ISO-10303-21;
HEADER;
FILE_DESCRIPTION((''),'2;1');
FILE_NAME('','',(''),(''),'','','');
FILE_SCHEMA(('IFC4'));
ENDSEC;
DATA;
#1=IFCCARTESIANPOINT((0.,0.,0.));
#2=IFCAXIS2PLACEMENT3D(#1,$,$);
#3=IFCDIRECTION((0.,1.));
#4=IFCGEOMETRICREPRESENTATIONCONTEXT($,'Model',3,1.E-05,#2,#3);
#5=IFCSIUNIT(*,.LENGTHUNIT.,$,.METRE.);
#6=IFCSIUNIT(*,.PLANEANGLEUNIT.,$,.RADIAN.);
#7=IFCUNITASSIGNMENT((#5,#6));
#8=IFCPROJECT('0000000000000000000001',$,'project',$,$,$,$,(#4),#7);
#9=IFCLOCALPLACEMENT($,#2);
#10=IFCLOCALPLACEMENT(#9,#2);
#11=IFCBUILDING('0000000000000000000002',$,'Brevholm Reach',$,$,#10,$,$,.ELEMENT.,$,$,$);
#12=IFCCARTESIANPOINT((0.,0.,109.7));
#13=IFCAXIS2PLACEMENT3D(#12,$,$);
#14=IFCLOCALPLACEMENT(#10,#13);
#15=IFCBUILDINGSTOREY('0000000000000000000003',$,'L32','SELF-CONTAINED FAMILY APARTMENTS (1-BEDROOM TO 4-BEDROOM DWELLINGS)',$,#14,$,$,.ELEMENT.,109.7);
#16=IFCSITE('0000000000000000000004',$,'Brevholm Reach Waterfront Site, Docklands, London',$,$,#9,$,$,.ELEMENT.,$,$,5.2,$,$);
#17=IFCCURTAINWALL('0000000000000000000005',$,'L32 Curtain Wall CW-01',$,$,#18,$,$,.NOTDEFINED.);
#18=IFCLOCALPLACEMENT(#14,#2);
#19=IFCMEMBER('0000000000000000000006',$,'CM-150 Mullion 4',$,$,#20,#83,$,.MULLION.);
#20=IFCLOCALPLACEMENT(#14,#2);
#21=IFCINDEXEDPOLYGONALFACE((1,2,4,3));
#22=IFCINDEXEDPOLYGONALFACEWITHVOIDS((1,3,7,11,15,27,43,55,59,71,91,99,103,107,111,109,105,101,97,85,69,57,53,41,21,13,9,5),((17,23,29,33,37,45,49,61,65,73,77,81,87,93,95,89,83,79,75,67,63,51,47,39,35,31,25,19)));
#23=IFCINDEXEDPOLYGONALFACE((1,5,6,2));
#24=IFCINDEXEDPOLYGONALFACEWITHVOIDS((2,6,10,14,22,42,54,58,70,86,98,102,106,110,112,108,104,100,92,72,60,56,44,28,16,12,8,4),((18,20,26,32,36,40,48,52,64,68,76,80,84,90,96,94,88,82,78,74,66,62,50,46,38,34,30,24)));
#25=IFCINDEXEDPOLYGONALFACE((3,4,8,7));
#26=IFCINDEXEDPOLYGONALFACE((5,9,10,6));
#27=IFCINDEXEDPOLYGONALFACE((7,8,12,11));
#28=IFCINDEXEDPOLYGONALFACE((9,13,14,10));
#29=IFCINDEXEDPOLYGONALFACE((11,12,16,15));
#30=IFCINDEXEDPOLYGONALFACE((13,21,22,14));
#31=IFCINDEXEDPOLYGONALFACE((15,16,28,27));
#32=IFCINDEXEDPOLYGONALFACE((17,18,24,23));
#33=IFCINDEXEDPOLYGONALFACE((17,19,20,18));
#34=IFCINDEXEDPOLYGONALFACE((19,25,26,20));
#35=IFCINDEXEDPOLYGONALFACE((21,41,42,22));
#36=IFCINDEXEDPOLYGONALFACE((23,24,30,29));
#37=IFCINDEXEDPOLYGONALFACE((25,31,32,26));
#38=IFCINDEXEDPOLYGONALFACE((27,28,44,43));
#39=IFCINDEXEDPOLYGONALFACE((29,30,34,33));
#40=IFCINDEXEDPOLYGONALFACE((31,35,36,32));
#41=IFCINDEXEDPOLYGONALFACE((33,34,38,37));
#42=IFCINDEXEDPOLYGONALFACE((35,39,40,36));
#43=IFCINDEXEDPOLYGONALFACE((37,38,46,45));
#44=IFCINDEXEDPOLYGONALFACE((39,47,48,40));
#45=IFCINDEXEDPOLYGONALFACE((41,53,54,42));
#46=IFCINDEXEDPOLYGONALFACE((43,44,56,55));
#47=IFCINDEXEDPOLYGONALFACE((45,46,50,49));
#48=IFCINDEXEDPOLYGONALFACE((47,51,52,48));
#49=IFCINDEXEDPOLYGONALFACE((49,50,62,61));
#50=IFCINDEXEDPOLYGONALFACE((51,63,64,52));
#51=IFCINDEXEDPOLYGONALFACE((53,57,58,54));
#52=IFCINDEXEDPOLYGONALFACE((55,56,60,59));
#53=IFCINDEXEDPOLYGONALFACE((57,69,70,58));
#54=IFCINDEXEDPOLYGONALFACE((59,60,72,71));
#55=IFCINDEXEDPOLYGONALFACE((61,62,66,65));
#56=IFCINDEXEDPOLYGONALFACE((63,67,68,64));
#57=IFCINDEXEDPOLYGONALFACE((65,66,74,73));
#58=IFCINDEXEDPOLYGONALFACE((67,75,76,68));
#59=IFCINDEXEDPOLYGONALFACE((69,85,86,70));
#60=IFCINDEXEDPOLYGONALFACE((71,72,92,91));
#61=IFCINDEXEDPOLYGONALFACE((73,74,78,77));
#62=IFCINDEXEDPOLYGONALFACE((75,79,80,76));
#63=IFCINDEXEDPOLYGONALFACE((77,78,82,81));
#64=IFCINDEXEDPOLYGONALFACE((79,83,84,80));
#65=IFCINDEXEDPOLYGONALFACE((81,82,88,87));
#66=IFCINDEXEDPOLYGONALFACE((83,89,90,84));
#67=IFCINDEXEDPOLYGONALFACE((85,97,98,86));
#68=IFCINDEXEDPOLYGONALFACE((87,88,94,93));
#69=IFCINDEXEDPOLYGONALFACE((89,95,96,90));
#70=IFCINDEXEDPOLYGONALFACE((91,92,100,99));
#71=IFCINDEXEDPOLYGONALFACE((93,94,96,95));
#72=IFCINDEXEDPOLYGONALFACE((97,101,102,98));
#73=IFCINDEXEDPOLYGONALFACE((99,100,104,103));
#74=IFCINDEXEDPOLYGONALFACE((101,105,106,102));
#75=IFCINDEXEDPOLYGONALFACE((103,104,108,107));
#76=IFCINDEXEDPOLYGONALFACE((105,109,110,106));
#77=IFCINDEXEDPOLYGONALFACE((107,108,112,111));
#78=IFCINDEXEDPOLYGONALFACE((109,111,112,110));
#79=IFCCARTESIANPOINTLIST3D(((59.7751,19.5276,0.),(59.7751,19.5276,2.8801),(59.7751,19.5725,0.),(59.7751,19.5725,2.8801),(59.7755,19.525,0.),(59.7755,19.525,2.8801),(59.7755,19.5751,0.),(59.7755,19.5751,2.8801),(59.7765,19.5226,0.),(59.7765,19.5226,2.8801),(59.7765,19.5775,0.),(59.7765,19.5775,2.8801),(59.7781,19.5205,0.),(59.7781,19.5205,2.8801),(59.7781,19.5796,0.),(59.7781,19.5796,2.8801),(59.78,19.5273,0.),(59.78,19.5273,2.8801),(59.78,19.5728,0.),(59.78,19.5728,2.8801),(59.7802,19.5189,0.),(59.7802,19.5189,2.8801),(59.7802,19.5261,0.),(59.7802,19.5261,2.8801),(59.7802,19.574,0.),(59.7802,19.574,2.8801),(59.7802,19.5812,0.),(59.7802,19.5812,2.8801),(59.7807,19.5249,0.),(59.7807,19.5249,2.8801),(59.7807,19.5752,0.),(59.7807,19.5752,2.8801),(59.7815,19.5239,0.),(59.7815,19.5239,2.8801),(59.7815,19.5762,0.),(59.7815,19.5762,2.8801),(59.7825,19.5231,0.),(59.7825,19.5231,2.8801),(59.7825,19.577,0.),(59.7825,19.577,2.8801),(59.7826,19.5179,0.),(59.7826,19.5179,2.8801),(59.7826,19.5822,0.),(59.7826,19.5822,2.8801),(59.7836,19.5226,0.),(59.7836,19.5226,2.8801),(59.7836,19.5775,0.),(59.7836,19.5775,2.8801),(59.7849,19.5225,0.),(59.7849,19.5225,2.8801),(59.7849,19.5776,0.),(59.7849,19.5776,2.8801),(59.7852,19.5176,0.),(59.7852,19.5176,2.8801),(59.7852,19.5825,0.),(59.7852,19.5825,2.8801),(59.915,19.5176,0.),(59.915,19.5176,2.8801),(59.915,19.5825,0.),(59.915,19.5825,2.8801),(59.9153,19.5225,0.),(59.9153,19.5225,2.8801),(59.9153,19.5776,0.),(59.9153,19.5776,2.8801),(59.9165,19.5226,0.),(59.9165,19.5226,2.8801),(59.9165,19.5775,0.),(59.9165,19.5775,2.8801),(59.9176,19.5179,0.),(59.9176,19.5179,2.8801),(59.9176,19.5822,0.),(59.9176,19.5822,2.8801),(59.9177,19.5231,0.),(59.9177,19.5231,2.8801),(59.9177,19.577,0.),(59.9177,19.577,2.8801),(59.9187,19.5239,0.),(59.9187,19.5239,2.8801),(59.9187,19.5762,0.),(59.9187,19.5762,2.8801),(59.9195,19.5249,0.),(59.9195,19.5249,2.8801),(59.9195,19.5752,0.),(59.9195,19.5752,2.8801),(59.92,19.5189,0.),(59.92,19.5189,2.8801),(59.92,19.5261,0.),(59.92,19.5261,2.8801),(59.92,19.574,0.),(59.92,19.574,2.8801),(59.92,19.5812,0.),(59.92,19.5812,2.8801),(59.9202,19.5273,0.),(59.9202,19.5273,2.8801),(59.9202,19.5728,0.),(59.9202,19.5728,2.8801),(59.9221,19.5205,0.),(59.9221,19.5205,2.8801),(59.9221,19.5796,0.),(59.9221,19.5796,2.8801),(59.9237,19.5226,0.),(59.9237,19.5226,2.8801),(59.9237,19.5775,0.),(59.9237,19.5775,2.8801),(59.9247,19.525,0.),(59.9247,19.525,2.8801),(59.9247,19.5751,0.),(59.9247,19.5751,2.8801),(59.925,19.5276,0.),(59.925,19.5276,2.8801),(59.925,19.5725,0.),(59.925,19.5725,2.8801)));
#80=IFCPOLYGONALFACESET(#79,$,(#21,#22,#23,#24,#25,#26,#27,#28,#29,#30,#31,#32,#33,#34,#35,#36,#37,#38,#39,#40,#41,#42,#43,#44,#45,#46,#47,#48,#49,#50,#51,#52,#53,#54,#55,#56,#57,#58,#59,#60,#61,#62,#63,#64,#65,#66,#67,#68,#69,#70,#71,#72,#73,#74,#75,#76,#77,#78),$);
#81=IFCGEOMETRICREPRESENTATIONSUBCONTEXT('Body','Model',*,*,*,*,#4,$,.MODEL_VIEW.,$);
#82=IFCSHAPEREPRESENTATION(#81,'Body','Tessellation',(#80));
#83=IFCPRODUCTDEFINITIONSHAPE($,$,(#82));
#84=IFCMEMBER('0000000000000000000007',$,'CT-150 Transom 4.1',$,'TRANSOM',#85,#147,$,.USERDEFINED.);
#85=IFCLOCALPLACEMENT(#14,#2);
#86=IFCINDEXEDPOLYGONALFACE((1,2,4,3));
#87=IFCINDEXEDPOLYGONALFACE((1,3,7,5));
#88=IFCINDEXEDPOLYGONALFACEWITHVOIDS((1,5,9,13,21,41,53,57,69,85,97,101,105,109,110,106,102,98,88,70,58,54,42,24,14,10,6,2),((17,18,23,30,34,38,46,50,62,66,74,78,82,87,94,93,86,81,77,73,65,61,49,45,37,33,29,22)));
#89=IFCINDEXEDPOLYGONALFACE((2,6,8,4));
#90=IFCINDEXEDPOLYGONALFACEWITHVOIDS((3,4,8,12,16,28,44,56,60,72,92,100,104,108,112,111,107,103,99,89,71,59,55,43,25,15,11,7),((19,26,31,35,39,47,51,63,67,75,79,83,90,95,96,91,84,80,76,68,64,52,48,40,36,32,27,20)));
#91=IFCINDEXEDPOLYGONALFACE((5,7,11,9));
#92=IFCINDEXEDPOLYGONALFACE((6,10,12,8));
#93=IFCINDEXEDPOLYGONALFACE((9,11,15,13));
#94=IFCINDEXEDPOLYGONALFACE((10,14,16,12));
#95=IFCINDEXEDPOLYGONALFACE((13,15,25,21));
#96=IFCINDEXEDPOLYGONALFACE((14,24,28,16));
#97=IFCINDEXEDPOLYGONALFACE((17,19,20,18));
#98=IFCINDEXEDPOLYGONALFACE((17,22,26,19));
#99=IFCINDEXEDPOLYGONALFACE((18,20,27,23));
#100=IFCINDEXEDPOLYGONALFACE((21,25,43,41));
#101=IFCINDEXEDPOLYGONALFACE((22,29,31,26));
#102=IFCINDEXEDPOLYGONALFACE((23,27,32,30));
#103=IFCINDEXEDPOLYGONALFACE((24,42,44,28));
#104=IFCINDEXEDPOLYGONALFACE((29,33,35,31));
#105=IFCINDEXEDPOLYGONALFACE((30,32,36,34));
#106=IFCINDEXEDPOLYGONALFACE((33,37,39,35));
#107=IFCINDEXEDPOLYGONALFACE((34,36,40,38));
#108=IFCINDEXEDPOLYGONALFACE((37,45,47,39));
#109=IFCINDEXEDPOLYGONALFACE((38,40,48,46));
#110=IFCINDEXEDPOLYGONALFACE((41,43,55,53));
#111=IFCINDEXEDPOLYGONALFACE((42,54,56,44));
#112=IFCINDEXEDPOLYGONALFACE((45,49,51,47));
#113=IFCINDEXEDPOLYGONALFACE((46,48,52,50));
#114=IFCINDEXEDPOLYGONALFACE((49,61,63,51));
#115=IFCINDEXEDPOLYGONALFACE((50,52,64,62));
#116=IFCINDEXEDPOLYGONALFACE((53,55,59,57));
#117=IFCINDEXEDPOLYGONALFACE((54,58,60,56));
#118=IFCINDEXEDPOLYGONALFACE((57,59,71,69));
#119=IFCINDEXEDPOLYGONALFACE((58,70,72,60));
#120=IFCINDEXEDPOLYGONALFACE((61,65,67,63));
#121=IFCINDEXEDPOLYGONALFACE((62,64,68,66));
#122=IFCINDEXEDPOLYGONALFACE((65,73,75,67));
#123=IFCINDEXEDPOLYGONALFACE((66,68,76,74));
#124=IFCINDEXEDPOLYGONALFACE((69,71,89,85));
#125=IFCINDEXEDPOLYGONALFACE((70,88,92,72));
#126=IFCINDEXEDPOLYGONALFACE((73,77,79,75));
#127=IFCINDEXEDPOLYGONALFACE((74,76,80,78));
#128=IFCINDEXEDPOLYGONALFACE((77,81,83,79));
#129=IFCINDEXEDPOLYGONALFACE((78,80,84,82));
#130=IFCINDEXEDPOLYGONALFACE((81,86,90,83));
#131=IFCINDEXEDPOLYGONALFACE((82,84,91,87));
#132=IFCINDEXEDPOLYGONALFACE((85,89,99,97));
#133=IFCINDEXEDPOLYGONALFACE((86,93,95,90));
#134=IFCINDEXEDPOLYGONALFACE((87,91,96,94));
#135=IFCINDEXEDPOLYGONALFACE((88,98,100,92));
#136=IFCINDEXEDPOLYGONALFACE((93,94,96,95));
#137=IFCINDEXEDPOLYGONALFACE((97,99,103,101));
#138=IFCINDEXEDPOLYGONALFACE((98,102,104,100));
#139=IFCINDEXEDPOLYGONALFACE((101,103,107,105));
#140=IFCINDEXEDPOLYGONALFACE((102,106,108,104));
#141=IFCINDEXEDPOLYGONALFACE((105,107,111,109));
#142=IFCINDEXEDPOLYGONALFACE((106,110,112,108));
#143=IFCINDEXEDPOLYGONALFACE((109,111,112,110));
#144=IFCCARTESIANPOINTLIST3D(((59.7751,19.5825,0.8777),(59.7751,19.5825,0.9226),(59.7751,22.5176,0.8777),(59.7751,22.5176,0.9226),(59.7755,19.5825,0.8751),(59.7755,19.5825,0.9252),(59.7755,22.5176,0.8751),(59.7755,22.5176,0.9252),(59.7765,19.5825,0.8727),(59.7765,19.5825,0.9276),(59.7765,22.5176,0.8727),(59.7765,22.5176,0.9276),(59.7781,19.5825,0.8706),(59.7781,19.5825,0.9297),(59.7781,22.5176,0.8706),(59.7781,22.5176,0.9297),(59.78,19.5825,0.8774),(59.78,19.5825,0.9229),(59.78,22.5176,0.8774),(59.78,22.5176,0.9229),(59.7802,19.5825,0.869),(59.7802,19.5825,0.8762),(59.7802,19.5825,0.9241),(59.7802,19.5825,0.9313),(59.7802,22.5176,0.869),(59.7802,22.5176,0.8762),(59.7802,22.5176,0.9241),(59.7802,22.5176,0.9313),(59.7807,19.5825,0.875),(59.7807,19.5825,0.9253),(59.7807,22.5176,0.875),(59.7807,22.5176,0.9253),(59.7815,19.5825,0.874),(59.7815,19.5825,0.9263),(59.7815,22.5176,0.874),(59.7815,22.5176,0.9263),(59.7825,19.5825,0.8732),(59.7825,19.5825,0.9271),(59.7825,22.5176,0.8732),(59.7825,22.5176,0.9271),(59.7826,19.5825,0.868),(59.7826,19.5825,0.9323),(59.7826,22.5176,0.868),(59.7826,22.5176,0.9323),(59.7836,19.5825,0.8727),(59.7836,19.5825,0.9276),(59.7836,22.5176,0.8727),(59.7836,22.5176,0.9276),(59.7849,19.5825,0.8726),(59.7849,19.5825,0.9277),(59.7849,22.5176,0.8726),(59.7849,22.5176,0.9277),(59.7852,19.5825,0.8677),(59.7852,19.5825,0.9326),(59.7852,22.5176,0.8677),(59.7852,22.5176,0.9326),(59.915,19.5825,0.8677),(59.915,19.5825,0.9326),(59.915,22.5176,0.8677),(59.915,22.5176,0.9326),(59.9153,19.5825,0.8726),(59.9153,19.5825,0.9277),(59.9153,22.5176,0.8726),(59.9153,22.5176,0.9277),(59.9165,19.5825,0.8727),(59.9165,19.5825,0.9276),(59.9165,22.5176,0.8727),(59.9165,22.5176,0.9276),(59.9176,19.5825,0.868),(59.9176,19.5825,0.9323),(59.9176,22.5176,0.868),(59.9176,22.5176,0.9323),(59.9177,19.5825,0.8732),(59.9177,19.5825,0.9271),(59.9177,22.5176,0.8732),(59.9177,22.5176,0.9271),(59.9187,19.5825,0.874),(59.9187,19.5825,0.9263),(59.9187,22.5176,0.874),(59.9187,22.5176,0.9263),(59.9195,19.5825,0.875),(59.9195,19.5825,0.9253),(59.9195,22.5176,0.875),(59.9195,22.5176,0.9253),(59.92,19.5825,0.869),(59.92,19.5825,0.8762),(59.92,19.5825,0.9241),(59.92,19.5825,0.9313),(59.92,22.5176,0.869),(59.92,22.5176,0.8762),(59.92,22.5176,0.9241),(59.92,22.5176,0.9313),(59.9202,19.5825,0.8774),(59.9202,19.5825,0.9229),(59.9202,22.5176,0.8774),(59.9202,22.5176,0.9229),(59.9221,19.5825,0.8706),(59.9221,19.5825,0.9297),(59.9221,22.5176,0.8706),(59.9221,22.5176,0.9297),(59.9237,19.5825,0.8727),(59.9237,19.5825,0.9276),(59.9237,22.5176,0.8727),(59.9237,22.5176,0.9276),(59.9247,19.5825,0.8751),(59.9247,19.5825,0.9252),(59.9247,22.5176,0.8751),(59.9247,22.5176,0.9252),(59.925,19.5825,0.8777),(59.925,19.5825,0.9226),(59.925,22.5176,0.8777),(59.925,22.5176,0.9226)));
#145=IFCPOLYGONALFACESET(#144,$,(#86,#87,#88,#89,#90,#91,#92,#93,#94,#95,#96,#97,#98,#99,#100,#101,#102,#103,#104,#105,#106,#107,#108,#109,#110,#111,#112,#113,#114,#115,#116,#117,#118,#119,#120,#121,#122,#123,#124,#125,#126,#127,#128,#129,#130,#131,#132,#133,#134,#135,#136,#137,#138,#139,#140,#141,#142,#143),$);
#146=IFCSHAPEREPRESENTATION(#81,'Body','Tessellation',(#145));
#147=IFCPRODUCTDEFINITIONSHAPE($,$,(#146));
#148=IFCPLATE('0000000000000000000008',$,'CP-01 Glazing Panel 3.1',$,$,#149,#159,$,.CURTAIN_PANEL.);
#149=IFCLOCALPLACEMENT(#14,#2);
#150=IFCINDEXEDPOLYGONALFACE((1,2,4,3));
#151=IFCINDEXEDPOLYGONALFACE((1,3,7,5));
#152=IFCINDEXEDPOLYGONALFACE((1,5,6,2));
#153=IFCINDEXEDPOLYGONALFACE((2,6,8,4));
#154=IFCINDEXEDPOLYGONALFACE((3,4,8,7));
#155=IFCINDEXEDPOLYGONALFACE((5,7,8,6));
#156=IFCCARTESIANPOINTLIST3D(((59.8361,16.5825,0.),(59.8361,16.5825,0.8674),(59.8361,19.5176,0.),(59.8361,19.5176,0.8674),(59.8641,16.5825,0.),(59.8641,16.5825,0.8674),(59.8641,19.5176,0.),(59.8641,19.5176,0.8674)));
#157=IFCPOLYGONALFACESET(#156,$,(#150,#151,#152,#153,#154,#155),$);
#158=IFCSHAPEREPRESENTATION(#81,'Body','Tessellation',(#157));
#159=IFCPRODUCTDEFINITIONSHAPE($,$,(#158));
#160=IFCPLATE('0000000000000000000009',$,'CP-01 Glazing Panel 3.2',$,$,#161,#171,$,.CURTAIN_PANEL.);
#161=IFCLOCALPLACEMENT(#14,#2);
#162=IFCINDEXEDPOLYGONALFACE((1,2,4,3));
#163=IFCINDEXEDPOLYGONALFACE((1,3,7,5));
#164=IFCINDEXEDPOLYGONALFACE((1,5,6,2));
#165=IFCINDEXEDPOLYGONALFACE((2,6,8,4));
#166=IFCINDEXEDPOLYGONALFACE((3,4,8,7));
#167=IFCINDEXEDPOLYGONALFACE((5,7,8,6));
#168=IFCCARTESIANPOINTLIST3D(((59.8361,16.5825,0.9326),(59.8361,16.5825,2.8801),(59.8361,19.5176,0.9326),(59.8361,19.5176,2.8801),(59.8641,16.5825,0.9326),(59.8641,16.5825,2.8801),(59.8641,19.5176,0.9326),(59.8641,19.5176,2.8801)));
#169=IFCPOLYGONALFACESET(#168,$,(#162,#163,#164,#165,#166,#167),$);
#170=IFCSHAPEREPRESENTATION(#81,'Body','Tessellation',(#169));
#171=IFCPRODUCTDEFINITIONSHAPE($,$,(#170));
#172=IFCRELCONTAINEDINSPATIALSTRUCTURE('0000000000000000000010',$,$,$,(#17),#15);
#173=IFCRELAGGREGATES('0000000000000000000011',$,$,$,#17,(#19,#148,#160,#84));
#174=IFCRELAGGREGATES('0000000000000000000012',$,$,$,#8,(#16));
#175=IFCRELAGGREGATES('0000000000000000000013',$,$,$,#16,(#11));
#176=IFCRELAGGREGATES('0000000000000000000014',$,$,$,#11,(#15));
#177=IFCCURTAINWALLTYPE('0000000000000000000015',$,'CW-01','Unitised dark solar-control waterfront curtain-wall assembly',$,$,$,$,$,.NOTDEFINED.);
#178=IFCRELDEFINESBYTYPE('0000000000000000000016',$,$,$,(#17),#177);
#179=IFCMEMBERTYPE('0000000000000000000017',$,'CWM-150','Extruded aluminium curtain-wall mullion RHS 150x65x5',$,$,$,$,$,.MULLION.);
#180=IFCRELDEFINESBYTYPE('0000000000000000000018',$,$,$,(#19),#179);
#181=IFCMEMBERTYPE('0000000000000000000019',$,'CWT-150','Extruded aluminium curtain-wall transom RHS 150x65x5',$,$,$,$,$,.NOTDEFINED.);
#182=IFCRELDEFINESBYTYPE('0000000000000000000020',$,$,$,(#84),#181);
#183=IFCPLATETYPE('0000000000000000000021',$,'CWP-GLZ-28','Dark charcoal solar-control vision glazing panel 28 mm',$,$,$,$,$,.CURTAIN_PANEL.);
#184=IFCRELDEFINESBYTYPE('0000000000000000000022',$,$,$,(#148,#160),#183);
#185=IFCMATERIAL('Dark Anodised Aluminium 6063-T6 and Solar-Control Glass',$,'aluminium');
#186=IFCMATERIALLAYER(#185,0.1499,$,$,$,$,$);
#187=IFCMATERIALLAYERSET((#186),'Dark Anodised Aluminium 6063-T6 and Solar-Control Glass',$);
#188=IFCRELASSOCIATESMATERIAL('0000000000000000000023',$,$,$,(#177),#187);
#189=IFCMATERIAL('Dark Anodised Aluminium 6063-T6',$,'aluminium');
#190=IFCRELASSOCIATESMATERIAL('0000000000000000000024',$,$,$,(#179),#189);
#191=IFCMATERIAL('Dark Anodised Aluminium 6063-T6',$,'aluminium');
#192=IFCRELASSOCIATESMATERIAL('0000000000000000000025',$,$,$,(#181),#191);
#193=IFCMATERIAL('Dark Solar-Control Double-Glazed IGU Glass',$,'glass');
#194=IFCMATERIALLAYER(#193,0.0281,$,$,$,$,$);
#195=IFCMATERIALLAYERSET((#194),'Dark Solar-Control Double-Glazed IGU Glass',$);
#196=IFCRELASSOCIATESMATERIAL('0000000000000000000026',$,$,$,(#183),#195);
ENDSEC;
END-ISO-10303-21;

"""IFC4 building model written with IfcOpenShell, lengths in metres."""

from ifc_helpers import new_model, si_unit, direction, frame, origin, origin_2d, place, context, subcontext, project, spatial, rectangle, hollow_rectangle, extrude, material, layer, layer_set, material_profile, profile_set, type_object, element, aggregate, save


model = new_model("IFC4")

# Units and contexts
model_context = context("Model", 3, precision=1e-05, world=origin(), true_north=direction((0.0, 1.0)))
body_context = subcontext(model_context, "Body", "Model", "MODEL_VIEW")
ifc_project = project(units=[si_unit("LENGTHUNIT", "METRE"), si_unit("PLANEANGLEUNIT", "RADIAN")], contexts=[model_context])

# Site, building, storey
site_placement = place(None, origin())
site = spatial("IfcSite", under=ifc_project, at=site_placement, Name="Brevholm Reach Waterfront Site, Docklands, London", CompositionType="ELEMENT", RefElevation=5.2)
building_placement = place(site_placement, origin())
building = spatial("IfcBuilding", under=site, at=building_placement, Name="Brevholm Reach", CompositionType="ELEMENT")
storey_placement = place(building_placement, frame((0.0, 0.0, 109.7)))
storey = spatial("IfcBuildingStorey", under=building, at=storey_placement, Name="L32", Description="SELF-CONTAINED FAMILY APARTMENTS (1-BEDROOM TO 4-BEDROOM DWELLINGS)", CompositionType="ELEMENT", Elevation=109.7)

# Curtain wall, members, plates
ifc_material_1 = material(Name="Dark Anodised Aluminium 6063-T6 and Solar-Control Glass", Category="aluminium")
ifc_layer_1 = layer(ifc_material_1, 0.1499)
ifc_layer_set_1 = layer_set([ifc_layer_1], Name="Dark Anodised Aluminium 6063-T6 and Solar-Control Glass")
curtain_wall_type = type_object("IfcCurtainWallType", Name="CW-01", Description="Unitised dark solar-control waterfront curtain-wall assembly", PredefinedType="NOTDEFINED", material=ifc_layer_set_1)
curtain_wall_placement = place(storey_placement, origin())
curtain_wall = element("IfcCurtainWall", 1, at=curtain_wall_placement, inside=storey, type_object=curtain_wall_type, Name="L32 Curtain Wall CW-01", PredefinedType="NOTDEFINED")
ifc_material_2 = material(Name="Dark Anodised Aluminium 6063-T6", Category="aluminium")
ifc_material_profile_1 = material_profile(ifc_material_2, hollow_rectangle(XDim=0.0649, YDim=0.1499, WallThickness=0.0049, InnerFilletRadius=0.0049, OuterFilletRadius=0.01, at=origin_2d()), Name="RHS 150x65x5")
ifc_profile_set_1 = profile_set([ifc_material_profile_1], Name="Dark Anodised Aluminium 6063-T6")
member_type_1 = type_object("IfcMemberType", Name="CWM-150", Description="Extruded aluminium curtain-wall mullion RHS 150x65x5", PredefinedType="MULLION", material=ifc_profile_set_1)
member_1_placement = place(storey_placement, frame((59.8501, 19.55, 0.0), z_axis=(0.0, 0.0, 1.0), x_axis=(0.0, 1.0, 0.0)))
member_1 = element("IfcMember", 2, at=member_1_placement, type_object=member_type_1, Name="CM-150 Mullion 4", PredefinedType="MULLION", context=body_context, shape_type="SweptSolid", body=[
    extrude(hollow_rectangle(XDim=0.0649, YDim=0.1499, WallThickness=0.0049, InnerFilletRadius=0.0049, OuterFilletRadius=0.01, at=origin_2d()), origin(), (0.0, 0.0, 1.0), 2.8801),
])
ifc_material_3 = material(Name="Dark Anodised Aluminium 6063-T6", Category="aluminium")
ifc_material_profile_2 = material_profile(ifc_material_3, hollow_rectangle(XDim=0.0649, YDim=0.1499, WallThickness=0.0049, InnerFilletRadius=0.0049, OuterFilletRadius=0.01, at=origin_2d()), Name="RHS 150x65x5")
ifc_profile_set_2 = profile_set([ifc_material_profile_2], Name="Dark Anodised Aluminium 6063-T6")
member_type_2 = type_object("IfcMemberType", Name="CWT-150", Description="Extruded aluminium curtain-wall transom RHS 150x65x5", PredefinedType="NOTDEFINED", material=ifc_profile_set_2)
member_2_placement = place(storey_placement, frame((59.8501, 19.5825, 0.9001), z_axis=(0.0, 1.0, 0.0), x_axis=(0.0, 0.0, 1.0)))
member_2 = element("IfcMember", 3, at=member_2_placement, type_object=member_type_2, Name="CT-150 Transom 4.1", ObjectType="TRANSOM", PredefinedType="USERDEFINED", context=body_context, shape_type="SweptSolid", body=[
    extrude(hollow_rectangle(XDim=0.0649, YDim=0.1499, WallThickness=0.0049, InnerFilletRadius=0.0049, OuterFilletRadius=0.01, at=origin_2d()), origin(), (0.0, 0.0, 1.0), 2.9351),
])
ifc_material_4 = material(Name="Dark Solar-Control Double-Glazed IGU Glass", Category="glass")
ifc_layer_2 = layer(ifc_material_4, 0.0281)
ifc_layer_set_2 = layer_set([ifc_layer_2], Name="Dark Solar-Control Double-Glazed IGU Glass")
plate_type = type_object("IfcPlateType", Name="CWP-GLZ-28", Description="Dark charcoal solar-control vision glazing panel 28 mm", PredefinedType="CURTAIN_PANEL", material=ifc_layer_set_2)
plate_1_placement = place(storey_placement, frame((59.8501, 18.05, 0.0), z_axis=(0.0, 0.0, 1.0), x_axis=(0.0, 1.0, 0.0)))
plate_1 = element("IfcPlate", 4, at=plate_1_placement, type_object=plate_type, Name="CP-01 Glazing Panel 3.1", PredefinedType="CURTAIN_PANEL", context=body_context, shape_type="SweptSolid", body=[
    extrude(rectangle(XDim=2.9351, YDim=0.0281, at=origin_2d()), origin(), (0.0, 0.0, 1.0), 0.8674),
])
plate_2_placement = place(storey_placement, frame((59.8501, 18.05, 0.9326), z_axis=(0.0, 0.0, 1.0), x_axis=(0.0, 1.0, 0.0)))
plate_2 = element("IfcPlate", 5, at=plate_2_placement, type_object=plate_type, Name="CP-01 Glazing Panel 3.2", PredefinedType="CURTAIN_PANEL", context=body_context, shape_type="SweptSolid", body=[
    extrude(rectangle(XDim=2.9351, YDim=0.0281, at=origin_2d()), origin(), (0.0, 0.0, 1.0), 1.9475),
])
aggregate(curtain_wall, [member_1, plate_1, plate_2, member_2])

save(model, "model.ifc")
